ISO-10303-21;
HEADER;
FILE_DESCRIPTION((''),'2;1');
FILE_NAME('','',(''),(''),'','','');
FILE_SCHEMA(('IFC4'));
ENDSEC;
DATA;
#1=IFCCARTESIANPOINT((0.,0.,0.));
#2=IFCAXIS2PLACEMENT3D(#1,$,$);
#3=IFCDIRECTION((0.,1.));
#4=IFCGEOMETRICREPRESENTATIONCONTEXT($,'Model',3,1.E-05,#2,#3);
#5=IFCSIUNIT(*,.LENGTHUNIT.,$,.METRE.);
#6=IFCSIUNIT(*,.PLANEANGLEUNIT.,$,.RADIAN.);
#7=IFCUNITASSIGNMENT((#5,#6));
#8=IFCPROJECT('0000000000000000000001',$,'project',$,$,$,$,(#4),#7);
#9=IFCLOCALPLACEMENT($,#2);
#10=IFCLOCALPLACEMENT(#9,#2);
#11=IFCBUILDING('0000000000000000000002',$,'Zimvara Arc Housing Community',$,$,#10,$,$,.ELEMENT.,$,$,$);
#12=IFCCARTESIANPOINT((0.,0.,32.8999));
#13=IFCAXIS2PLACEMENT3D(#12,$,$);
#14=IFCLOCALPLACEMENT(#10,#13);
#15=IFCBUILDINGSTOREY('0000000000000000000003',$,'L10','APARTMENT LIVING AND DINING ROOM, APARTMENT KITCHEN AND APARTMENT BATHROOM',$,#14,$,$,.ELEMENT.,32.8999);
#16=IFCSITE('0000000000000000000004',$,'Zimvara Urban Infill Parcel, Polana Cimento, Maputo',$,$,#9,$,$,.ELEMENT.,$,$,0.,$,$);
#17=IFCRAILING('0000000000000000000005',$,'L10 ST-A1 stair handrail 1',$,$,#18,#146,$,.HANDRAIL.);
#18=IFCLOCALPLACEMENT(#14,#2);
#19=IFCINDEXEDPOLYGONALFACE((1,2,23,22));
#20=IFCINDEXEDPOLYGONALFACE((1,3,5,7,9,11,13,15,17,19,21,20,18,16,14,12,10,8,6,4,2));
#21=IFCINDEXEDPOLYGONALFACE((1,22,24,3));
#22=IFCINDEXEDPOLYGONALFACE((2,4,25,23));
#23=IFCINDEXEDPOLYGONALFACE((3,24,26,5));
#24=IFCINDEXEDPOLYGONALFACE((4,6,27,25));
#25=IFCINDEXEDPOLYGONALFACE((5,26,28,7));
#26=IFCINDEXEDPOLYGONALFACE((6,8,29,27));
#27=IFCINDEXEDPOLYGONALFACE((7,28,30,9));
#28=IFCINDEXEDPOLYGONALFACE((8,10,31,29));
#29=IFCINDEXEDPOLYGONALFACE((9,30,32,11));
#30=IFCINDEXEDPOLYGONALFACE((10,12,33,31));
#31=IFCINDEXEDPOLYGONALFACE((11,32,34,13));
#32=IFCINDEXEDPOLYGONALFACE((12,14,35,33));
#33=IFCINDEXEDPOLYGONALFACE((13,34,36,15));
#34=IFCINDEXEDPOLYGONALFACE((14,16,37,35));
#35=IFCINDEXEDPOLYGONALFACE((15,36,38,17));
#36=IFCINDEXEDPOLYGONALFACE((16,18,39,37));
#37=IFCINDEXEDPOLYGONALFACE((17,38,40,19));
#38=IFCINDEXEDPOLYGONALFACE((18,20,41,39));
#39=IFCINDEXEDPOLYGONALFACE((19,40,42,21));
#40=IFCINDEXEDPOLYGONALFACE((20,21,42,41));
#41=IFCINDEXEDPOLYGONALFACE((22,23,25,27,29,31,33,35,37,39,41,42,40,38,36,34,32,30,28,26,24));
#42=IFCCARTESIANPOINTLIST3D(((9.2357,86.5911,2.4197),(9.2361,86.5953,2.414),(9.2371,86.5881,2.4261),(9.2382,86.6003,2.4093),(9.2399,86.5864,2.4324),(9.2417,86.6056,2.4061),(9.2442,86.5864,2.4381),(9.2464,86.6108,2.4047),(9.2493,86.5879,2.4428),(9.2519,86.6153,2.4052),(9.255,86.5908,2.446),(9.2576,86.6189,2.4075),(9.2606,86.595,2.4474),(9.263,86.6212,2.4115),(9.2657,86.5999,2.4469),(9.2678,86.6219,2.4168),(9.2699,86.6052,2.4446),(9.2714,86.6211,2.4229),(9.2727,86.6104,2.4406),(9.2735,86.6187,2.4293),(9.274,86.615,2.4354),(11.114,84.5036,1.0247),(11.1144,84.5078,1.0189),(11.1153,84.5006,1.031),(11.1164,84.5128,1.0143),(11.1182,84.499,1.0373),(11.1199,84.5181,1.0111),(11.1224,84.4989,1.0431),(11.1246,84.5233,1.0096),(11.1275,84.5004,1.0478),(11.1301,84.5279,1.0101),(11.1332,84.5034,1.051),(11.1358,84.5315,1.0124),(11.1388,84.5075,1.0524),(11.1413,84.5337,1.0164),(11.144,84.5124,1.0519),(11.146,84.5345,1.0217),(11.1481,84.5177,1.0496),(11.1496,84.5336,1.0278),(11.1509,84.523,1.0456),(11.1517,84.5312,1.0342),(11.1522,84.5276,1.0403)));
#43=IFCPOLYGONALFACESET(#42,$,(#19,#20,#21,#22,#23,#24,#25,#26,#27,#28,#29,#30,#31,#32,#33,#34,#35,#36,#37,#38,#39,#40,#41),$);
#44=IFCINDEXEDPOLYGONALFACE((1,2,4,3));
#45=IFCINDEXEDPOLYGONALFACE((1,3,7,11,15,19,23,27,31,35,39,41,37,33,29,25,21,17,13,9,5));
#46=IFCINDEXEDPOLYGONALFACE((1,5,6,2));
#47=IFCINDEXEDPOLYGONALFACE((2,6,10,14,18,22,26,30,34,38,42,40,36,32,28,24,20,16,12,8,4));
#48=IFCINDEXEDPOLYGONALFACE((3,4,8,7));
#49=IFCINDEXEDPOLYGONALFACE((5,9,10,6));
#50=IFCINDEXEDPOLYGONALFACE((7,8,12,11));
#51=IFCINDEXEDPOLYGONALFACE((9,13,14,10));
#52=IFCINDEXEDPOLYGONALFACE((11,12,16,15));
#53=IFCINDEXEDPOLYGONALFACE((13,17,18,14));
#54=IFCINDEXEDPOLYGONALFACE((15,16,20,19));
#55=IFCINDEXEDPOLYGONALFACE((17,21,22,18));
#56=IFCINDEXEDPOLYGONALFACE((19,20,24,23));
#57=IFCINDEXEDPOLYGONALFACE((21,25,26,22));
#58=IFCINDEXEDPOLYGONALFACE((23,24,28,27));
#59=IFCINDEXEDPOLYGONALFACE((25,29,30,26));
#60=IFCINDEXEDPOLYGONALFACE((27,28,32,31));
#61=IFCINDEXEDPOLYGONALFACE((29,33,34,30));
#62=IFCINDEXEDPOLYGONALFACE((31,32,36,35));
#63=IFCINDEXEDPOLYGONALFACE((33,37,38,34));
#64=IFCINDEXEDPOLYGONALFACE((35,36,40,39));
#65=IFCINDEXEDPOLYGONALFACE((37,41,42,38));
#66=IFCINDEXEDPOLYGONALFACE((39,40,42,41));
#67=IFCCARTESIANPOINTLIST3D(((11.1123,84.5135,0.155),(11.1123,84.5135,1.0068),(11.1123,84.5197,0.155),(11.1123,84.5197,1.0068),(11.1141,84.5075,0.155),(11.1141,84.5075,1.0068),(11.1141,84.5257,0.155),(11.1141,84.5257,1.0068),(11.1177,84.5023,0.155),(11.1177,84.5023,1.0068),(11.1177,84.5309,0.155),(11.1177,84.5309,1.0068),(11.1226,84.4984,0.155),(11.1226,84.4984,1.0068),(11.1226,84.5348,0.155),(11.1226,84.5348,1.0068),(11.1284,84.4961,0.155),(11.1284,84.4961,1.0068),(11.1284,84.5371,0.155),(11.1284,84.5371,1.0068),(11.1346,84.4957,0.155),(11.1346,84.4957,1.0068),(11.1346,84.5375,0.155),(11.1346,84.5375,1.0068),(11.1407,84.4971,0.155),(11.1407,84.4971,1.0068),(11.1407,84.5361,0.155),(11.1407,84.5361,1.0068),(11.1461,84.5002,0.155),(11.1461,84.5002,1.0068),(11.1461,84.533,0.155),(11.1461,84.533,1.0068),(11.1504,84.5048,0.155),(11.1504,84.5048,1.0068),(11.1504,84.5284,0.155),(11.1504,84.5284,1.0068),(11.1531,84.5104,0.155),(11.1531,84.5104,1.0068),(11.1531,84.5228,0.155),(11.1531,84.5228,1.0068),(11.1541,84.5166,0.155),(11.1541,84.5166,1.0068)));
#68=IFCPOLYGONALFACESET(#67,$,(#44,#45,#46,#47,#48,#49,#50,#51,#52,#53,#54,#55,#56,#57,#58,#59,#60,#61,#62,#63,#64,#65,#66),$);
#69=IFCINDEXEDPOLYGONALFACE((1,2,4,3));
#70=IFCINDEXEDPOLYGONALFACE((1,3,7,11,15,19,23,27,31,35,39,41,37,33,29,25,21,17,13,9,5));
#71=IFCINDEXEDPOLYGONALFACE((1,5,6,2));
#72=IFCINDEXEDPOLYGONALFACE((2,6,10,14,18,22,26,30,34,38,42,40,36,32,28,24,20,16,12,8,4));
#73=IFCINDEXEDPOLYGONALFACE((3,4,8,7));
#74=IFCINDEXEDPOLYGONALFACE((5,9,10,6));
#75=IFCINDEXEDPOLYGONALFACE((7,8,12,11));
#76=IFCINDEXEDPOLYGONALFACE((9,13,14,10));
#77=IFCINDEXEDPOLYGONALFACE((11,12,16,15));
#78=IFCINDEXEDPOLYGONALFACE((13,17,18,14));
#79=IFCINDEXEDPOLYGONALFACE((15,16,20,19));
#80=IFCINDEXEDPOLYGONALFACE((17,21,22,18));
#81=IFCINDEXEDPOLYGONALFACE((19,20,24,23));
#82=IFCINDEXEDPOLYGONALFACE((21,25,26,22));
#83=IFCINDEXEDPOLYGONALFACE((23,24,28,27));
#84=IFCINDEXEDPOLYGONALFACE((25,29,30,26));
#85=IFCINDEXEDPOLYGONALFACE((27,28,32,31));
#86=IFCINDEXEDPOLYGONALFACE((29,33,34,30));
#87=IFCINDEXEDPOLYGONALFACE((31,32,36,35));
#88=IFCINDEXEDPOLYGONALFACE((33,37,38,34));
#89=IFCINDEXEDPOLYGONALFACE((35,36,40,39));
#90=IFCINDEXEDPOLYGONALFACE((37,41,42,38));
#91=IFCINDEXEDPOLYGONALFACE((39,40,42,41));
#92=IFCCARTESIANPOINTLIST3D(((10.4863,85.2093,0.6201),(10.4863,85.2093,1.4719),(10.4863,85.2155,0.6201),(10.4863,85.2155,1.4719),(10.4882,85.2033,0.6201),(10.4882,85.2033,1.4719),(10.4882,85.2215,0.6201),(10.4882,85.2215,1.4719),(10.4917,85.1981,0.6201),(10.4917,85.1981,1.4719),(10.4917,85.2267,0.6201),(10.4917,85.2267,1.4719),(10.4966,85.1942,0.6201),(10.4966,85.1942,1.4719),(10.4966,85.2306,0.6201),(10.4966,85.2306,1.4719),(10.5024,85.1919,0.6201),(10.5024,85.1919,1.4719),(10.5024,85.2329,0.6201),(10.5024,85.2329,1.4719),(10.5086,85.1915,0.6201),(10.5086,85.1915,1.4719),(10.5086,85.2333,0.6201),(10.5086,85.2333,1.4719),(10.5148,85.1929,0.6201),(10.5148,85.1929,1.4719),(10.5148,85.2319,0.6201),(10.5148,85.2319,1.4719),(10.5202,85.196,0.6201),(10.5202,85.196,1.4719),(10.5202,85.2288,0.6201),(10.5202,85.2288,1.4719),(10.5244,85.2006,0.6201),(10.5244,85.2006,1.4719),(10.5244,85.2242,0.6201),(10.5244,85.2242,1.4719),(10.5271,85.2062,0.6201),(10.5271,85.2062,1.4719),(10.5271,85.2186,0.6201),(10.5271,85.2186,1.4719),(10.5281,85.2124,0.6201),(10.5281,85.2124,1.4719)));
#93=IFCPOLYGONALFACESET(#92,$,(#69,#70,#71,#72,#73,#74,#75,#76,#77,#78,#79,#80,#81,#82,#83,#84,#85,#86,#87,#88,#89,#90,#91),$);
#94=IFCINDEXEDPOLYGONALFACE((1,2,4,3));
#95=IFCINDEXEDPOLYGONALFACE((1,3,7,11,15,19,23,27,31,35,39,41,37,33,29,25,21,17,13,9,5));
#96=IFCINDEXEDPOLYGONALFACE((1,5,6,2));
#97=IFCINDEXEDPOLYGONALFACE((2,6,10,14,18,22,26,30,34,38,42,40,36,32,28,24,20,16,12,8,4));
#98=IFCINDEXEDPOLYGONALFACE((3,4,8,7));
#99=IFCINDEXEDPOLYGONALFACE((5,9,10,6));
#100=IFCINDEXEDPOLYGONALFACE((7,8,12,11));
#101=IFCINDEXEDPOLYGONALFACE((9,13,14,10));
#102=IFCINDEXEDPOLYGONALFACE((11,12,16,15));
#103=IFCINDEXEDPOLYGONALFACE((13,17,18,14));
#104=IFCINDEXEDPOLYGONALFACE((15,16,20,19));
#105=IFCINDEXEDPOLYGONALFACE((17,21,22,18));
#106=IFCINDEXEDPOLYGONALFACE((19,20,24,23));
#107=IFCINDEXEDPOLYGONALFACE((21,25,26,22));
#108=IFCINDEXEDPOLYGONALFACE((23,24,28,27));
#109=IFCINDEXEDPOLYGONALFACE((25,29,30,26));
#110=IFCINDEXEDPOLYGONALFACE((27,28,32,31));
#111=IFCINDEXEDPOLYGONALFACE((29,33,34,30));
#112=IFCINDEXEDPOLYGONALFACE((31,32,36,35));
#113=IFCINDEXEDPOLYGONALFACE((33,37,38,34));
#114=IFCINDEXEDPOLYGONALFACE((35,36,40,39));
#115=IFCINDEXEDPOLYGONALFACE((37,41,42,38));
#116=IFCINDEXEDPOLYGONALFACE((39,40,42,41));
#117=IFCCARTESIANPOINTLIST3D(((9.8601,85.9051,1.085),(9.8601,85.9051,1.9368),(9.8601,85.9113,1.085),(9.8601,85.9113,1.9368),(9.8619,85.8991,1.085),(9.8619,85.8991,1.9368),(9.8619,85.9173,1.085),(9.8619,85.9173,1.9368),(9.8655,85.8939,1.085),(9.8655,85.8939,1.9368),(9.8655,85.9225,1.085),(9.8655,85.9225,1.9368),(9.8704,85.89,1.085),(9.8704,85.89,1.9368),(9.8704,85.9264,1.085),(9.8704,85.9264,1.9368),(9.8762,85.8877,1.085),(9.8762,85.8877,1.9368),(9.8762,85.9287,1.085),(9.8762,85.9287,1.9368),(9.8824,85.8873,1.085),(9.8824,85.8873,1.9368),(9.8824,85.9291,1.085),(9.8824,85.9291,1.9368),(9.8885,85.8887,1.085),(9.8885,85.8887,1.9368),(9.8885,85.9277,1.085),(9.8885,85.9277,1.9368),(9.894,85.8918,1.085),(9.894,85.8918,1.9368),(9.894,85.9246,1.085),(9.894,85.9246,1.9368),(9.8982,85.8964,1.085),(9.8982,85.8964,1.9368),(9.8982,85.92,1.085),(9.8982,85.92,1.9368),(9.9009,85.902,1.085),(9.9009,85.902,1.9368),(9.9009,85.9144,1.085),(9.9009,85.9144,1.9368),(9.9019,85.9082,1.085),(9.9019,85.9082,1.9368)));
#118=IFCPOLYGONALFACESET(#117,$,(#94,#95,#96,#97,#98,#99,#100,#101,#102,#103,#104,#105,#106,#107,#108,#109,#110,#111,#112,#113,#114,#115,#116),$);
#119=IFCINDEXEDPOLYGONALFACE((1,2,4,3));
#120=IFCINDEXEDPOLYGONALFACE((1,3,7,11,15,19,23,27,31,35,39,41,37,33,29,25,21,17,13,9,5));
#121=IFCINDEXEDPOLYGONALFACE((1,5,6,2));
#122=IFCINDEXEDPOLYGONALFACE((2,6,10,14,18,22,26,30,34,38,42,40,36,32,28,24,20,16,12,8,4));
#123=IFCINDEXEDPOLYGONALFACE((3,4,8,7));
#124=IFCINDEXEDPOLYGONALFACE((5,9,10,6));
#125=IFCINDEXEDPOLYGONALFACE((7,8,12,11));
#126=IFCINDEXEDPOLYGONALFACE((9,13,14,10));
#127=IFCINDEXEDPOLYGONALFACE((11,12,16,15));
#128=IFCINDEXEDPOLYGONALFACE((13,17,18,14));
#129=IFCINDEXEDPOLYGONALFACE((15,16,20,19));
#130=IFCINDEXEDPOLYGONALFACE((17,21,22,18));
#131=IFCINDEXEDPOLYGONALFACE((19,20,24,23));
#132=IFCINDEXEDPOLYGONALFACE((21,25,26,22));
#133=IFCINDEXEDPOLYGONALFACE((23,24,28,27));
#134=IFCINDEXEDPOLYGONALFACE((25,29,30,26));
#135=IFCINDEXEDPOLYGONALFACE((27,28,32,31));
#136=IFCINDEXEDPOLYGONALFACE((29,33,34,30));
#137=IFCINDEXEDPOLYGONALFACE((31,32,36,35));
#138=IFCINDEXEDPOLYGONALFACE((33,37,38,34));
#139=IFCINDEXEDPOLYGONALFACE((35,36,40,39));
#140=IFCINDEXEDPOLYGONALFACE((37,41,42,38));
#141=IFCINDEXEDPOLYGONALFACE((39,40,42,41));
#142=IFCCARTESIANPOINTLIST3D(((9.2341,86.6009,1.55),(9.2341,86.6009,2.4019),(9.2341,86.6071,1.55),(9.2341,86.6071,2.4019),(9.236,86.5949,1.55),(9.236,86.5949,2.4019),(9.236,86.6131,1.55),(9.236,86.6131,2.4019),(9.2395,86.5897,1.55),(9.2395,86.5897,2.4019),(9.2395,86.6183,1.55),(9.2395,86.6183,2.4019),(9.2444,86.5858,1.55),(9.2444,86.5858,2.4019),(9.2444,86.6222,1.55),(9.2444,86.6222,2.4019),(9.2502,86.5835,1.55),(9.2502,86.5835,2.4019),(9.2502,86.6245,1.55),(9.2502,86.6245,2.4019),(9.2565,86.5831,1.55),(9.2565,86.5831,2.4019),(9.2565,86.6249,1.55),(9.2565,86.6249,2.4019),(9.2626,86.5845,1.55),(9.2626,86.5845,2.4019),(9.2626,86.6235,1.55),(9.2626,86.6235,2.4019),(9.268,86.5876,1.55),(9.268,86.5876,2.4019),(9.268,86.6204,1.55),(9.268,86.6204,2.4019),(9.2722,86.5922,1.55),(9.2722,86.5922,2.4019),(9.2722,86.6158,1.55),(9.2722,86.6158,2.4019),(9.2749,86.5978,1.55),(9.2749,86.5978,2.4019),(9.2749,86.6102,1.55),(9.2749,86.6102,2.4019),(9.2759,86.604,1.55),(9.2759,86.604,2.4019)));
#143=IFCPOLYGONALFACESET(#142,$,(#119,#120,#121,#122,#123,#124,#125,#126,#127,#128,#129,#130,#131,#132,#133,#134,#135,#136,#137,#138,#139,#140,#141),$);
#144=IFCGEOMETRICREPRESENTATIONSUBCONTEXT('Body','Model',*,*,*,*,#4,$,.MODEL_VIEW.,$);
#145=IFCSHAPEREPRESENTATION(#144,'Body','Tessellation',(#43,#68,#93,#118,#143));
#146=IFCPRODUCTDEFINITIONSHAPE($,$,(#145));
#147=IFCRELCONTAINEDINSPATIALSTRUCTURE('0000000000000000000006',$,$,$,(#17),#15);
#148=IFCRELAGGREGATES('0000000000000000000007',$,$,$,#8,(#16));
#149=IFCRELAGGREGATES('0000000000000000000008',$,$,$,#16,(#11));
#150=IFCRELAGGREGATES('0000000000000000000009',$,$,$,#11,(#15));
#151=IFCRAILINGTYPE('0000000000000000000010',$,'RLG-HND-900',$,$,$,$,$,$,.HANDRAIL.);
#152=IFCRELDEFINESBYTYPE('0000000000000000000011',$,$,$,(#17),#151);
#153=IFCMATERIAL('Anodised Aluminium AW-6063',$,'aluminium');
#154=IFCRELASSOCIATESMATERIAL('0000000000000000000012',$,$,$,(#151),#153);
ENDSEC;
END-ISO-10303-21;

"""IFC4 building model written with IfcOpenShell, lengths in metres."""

from ifc_helpers import new_model, si_unit, direction, frame, origin, origin_2d, place, context, subcontext, project, spatial, circle, extrude, material, type_object, element, save


model = new_model("IFC4")

# Units and contexts
model_context = context("Model", 3, precision=1e-05, world=origin(), true_north=direction((0.0, 1.0)))
body_context = subcontext(model_context, "Body", "Model", "MODEL_VIEW")
ifc_project = project(units=[si_unit("LENGTHUNIT", "METRE"), si_unit("PLANEANGLEUNIT", "RADIAN")], contexts=[model_context])

# Site, building, storey
site_placement = place(None, origin())
site = spatial("IfcSite", under=ifc_project, at=site_placement, Name="Zimvara Urban Infill Parcel, Polana Cimento, Maputo", CompositionType="ELEMENT", RefElevation=0.0)
building_placement = place(site_placement, origin())
building = spatial("IfcBuilding", under=site, at=building_placement, Name="Zimvara Arc Housing Community", CompositionType="ELEMENT")
storey_placement = place(building_placement, frame((0.0, 0.0, 32.8999)))
storey = spatial("IfcBuildingStorey", under=building, at=storey_placement, Name="L10", Description="APARTMENT LIVING AND DINING ROOM, APARTMENT KITCHEN AND APARTMENT BATHROOM", CompositionType="ELEMENT", Elevation=32.8999)

# Railing
ifc_material_1 = material(Name="Anodised Aluminium AW-6063", Category="aluminium")
railing_type_1 = type_object("IfcRailingType", Name="RLG-HND-900", PredefinedType="HANDRAIL", material=ifc_material_1)
railing_1_placement = place(storey_placement, frame((11.1331, 84.5166, 0.155)))
element("IfcRailing", 1, at=railing_1_placement, inside=storey, type_object=railing_type_1, Name="L10 ST-A1 stair handrail 1", PredefinedType="HANDRAIL", context=body_context, shape_type="SweptSolid", body=[
    extrude(circle(Radius=0.0239, at=origin_2d()), frame((0.0, 0.0, 0.876), z_axis=(-0.599018, 0.665749, 0.444923), x_axis=(-0.743381, -0.668869, 0.0)), (0.0, 0.0, 1.0), 3.1355),
    extrude(circle(Radius=0.021, at=origin_2d()), origin(), (0.0, 0.0, 1.0), 0.8518),
    extrude(circle(Radius=0.021, at=origin_2d()), frame((-0.626, 0.6958, 0.4651)), (0.0, 0.0, 1.0), 0.8518),
    extrude(circle(Radius=0.021, at=origin_2d()), frame((-1.2522, 1.3916, 0.9299)), (0.0, 0.0, 1.0), 0.8518),
    extrude(circle(Radius=0.021, at=origin_2d()), frame((-1.8782, 2.0874, 1.395)), (0.0, 0.0, 1.0), 0.8518),
])

save(model, "model.ifc")
